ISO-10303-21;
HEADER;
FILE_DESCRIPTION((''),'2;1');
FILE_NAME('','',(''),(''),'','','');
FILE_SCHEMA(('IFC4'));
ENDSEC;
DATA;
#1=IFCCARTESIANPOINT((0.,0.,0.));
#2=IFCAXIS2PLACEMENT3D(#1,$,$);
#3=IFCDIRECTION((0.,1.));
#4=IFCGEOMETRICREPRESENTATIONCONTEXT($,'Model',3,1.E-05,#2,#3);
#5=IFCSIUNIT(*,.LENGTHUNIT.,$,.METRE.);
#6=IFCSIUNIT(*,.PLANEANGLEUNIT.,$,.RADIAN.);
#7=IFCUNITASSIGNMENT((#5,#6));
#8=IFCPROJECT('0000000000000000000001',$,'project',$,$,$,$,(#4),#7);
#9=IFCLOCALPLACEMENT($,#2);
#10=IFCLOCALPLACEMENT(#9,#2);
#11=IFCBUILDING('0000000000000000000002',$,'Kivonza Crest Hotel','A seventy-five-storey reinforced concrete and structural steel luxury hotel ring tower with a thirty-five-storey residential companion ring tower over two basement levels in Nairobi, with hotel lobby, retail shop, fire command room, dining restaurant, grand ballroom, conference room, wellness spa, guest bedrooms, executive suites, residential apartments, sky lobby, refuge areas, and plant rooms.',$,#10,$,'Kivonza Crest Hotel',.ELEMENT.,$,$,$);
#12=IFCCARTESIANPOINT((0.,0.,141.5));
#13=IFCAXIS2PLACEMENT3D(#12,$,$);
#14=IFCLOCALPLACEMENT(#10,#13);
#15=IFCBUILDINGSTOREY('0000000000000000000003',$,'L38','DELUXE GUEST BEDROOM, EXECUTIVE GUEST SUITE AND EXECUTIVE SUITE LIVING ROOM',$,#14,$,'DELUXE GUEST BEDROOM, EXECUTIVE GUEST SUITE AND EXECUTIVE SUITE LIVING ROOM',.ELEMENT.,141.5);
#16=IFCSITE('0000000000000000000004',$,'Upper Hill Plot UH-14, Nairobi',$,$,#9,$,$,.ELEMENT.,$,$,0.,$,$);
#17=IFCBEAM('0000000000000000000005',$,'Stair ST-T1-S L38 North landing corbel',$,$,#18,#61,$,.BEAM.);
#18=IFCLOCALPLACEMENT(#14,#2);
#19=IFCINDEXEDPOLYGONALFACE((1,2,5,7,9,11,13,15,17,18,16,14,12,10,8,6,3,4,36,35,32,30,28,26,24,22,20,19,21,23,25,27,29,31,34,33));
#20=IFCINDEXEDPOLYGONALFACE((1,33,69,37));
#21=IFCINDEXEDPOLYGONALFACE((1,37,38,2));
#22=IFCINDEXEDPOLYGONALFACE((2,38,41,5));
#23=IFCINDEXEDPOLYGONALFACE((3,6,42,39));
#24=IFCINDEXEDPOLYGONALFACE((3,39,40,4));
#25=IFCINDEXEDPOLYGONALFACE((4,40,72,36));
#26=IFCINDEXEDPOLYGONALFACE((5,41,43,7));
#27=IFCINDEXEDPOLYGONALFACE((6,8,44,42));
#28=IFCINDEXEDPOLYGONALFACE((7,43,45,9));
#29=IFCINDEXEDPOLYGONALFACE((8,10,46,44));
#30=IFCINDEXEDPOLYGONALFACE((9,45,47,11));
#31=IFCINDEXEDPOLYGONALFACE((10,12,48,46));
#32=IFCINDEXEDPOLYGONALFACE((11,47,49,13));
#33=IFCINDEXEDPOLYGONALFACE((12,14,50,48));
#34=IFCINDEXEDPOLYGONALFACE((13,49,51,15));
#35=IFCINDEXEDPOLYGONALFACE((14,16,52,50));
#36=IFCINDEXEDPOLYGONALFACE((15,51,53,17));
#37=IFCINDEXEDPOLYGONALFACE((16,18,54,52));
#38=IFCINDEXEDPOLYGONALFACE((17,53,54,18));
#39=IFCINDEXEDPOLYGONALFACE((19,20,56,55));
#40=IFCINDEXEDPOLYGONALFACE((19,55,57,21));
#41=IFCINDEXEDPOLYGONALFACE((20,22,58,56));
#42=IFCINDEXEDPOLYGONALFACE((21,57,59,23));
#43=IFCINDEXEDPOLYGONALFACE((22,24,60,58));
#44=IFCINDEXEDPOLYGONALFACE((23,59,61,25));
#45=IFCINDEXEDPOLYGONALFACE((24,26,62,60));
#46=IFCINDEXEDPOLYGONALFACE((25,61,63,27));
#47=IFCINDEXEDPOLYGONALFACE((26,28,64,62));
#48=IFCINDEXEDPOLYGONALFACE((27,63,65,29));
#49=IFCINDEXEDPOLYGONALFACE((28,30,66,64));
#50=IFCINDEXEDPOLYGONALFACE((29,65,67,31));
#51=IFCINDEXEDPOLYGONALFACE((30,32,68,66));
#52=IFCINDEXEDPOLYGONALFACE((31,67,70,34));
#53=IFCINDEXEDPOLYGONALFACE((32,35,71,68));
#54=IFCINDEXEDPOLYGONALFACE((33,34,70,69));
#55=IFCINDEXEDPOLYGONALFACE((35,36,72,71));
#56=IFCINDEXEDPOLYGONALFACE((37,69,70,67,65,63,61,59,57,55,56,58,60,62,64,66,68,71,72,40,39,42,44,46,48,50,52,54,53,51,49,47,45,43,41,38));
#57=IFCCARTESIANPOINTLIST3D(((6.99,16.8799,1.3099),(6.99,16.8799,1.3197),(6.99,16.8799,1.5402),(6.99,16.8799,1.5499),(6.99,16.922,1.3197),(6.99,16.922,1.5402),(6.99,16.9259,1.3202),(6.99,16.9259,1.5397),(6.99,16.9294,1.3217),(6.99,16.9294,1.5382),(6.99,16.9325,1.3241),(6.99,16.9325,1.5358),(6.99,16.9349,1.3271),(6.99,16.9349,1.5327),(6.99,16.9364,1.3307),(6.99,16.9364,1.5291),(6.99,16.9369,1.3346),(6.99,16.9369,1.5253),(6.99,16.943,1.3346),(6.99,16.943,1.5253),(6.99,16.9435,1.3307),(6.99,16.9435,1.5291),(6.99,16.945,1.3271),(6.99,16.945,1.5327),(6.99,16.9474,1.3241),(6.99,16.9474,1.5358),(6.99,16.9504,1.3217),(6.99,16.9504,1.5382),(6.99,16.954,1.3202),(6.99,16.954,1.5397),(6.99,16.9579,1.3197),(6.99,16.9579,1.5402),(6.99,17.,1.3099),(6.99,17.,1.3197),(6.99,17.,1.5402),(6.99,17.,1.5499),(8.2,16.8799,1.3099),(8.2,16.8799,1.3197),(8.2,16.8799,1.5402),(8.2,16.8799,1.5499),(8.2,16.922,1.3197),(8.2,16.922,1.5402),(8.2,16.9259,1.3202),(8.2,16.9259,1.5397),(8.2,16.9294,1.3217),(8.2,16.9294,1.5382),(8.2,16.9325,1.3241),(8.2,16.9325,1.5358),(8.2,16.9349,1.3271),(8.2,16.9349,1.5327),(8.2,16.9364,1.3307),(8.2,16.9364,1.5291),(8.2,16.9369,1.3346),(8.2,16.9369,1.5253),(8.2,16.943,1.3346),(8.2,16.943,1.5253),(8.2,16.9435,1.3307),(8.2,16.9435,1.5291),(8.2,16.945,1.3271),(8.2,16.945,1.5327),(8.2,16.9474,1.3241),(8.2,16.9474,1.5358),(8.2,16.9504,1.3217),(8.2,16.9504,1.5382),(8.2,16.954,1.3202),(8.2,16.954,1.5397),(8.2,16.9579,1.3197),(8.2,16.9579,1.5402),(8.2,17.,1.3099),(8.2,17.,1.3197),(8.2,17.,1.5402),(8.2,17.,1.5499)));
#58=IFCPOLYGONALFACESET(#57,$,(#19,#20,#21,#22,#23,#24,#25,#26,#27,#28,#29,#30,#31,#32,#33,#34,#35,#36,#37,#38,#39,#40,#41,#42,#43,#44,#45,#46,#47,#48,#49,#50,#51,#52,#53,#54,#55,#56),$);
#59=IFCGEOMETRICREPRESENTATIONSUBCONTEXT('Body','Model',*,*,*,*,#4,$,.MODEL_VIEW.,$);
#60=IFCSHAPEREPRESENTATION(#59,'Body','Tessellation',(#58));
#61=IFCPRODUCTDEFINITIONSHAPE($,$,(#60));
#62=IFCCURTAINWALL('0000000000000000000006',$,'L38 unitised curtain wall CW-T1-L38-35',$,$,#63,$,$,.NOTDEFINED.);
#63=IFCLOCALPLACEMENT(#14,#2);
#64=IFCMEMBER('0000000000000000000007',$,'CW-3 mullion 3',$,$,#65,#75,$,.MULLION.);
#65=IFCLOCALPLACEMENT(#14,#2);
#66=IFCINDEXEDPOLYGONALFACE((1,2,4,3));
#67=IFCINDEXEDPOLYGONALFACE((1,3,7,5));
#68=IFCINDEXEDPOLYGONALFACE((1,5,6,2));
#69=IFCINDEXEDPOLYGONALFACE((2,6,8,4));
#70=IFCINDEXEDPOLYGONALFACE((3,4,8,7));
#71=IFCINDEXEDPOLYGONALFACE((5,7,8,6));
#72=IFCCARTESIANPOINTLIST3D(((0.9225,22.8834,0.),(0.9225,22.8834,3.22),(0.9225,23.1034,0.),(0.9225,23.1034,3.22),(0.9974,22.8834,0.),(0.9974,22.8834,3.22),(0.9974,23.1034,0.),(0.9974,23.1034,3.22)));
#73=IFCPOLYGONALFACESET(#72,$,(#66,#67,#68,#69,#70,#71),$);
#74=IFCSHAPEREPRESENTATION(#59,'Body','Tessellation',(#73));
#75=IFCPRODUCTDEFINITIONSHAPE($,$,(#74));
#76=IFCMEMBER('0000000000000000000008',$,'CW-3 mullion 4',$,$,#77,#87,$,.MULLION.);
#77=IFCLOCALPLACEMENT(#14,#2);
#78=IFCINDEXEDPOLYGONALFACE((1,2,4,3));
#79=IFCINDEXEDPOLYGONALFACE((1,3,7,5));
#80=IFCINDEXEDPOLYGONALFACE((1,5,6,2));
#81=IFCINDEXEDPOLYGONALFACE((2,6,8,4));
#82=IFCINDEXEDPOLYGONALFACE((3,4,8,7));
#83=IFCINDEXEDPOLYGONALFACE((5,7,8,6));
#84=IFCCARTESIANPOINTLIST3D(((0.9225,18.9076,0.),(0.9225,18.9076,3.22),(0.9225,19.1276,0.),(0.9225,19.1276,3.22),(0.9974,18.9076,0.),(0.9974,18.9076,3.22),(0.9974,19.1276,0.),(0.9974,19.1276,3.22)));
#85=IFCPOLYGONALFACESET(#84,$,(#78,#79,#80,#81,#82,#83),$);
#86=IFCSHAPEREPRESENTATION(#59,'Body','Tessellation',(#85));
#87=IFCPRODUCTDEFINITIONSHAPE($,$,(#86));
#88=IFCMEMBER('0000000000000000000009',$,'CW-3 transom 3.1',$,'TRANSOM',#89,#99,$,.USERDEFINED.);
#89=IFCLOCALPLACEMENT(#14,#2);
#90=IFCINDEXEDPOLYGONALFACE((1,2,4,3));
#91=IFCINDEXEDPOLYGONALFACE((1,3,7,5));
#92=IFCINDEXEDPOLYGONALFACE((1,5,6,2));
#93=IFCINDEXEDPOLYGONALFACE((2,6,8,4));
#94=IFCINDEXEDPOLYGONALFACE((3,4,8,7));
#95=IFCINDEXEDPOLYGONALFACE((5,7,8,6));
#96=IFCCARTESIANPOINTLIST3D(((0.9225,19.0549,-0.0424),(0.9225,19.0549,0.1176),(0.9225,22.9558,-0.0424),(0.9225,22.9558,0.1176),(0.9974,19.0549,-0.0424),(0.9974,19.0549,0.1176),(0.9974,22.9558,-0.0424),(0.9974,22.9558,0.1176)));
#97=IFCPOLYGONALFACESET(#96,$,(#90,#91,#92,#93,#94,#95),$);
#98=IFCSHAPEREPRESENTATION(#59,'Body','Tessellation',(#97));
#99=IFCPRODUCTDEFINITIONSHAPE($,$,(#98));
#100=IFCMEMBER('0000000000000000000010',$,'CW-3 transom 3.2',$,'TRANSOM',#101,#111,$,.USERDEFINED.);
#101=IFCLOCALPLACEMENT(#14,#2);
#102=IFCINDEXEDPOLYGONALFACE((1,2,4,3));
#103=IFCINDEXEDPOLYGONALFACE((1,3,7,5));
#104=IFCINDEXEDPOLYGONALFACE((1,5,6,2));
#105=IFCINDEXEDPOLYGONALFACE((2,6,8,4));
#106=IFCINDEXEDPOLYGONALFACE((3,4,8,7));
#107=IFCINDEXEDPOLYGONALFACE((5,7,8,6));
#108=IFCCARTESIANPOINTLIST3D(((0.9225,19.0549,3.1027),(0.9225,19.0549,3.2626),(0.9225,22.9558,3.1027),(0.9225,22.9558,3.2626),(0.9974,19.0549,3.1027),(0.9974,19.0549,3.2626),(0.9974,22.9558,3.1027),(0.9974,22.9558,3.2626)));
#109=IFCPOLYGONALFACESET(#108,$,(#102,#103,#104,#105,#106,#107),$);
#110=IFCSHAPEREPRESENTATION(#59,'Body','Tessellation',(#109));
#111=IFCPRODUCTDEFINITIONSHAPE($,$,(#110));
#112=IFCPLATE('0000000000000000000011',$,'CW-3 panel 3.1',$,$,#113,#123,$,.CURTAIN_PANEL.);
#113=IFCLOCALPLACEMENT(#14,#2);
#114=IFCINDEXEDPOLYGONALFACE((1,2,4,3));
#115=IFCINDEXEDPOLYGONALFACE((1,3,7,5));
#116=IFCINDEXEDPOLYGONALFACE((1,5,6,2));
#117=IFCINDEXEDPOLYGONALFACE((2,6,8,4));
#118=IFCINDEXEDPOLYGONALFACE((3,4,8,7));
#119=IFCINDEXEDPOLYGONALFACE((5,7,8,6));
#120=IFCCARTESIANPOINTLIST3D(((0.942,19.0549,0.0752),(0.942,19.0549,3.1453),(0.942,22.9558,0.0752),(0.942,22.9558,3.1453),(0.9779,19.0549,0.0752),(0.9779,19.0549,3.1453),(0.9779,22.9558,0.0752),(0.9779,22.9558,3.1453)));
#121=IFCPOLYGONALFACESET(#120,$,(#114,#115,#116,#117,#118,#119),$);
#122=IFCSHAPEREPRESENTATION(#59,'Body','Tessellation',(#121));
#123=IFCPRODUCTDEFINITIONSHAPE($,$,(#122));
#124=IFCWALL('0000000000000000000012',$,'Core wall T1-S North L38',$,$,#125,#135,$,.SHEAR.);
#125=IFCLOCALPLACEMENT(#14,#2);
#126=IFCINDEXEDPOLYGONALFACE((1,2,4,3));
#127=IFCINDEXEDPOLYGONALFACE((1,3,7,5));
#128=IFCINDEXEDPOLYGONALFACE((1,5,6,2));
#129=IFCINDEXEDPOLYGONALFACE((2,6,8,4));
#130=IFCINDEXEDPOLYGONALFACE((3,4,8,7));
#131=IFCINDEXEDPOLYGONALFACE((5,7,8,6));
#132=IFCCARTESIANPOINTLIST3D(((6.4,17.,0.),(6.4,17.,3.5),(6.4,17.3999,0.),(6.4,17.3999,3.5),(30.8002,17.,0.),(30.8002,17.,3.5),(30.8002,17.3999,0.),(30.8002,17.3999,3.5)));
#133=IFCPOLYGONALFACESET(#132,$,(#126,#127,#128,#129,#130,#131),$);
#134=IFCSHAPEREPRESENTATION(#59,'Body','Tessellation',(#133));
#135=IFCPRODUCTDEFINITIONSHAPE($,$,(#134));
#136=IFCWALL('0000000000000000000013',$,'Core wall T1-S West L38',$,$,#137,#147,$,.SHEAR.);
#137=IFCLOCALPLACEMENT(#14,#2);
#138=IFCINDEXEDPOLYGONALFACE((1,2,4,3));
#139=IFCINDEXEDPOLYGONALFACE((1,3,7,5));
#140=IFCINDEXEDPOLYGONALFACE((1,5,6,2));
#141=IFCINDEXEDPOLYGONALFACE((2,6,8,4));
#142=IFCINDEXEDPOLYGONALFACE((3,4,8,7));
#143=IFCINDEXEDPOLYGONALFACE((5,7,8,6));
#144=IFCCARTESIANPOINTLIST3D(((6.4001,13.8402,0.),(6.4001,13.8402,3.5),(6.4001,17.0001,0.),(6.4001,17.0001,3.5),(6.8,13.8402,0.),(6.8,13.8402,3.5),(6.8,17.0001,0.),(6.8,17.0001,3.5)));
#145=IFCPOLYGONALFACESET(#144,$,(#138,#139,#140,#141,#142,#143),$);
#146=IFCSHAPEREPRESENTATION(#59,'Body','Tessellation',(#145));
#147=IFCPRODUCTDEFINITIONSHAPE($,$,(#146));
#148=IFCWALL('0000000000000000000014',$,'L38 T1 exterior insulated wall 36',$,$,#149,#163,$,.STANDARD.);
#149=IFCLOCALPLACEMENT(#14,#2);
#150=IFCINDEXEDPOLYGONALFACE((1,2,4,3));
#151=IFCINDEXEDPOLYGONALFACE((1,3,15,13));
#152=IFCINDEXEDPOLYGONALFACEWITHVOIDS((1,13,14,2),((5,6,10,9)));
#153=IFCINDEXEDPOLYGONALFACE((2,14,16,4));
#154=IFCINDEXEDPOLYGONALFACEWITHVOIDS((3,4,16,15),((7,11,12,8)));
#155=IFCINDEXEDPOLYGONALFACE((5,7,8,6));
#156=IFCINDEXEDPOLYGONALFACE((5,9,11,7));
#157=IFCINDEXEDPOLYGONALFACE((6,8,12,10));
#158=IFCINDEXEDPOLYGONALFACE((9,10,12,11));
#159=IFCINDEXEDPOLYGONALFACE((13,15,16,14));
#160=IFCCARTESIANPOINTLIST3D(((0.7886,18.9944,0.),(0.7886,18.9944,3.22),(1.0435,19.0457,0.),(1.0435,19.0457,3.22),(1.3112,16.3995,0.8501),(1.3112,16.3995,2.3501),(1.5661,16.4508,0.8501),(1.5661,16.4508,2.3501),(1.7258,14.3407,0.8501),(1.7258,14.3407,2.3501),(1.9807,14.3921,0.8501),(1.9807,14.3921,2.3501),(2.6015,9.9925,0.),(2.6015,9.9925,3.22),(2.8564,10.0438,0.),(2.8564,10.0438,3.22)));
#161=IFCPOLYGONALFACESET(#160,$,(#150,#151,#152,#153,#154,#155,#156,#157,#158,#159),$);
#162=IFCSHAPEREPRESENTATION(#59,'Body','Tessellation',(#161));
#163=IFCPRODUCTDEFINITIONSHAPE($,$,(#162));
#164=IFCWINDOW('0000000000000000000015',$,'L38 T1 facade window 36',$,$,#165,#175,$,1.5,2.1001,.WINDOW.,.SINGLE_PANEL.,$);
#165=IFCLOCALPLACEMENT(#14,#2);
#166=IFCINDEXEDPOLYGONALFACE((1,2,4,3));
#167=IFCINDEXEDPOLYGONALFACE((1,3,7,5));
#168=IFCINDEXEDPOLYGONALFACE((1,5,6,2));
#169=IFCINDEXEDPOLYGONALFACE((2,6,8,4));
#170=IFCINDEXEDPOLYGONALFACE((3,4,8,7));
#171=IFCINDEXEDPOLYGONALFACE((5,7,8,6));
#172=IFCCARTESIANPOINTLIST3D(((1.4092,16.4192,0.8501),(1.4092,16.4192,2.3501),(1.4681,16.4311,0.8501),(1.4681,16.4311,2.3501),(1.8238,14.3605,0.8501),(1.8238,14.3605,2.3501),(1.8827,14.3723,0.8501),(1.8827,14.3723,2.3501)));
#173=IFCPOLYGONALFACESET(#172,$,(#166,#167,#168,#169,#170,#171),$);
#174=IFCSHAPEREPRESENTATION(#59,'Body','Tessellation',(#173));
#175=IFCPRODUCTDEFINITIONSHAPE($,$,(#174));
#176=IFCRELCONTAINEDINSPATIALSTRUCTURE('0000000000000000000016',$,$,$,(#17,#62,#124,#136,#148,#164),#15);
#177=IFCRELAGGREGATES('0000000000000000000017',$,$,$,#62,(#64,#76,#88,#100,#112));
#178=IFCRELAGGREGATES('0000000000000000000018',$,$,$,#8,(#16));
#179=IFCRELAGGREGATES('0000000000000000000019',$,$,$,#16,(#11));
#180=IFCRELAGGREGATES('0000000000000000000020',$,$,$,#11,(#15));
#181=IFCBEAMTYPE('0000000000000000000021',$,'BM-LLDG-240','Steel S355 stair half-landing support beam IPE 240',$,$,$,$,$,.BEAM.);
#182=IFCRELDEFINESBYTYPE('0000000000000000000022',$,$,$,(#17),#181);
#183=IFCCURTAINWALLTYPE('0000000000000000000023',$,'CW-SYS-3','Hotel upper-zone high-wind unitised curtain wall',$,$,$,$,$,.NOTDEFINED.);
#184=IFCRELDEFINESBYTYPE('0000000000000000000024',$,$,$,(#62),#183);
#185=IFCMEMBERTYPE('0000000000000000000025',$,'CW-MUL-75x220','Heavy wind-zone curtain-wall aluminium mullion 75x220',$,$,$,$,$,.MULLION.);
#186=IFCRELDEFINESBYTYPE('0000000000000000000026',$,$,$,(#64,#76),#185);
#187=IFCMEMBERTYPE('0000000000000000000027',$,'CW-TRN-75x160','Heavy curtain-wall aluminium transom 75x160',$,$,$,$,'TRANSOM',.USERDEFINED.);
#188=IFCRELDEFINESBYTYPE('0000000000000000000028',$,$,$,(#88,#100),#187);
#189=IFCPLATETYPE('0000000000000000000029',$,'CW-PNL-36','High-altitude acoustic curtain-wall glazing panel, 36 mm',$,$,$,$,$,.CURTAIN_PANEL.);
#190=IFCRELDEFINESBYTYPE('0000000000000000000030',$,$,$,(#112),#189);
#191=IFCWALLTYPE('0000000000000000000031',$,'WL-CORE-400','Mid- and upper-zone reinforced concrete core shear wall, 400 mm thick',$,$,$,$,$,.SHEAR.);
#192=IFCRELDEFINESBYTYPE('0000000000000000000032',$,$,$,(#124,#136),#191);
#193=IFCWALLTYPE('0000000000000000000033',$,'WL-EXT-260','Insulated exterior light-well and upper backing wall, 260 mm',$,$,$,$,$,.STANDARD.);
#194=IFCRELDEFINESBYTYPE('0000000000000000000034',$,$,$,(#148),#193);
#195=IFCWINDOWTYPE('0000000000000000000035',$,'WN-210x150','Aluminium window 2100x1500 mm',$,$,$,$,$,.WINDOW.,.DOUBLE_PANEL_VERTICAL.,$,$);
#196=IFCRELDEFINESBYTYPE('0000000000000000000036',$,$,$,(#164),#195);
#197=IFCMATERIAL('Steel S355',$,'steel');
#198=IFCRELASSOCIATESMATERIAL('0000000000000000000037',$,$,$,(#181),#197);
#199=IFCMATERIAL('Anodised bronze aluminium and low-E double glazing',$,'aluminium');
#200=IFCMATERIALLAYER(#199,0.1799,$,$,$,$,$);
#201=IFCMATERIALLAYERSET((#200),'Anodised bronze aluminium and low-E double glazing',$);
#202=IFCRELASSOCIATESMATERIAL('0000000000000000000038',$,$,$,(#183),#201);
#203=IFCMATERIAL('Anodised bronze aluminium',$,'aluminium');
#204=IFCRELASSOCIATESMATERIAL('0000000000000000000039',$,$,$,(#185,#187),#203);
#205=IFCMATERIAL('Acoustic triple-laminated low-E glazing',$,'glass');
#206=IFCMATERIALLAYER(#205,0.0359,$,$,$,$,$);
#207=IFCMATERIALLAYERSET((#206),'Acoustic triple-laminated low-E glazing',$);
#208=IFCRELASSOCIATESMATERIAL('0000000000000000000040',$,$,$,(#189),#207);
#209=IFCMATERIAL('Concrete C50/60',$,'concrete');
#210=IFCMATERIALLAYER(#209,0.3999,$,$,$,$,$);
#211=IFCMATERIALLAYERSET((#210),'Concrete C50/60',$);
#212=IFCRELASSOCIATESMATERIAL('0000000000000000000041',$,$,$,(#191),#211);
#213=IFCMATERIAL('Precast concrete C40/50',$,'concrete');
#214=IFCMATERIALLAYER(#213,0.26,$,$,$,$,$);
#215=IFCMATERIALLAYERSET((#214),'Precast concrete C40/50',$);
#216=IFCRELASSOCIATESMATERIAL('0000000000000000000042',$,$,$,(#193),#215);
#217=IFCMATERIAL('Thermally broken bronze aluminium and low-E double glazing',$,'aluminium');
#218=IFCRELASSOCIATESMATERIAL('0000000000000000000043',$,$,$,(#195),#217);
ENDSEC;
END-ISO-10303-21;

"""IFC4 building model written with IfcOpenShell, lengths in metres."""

from ifc_helpers import new_model, si_unit, direction, frame, frame_2d, origin, origin_2d, place, context, subcontext, project, spatial, rectangle, i_section, extrude, material, layer, layer_set, material_profile, profile_set, type_object, element, fill, aggregate, save


model = new_model("IFC4")

# Units and contexts
model_context = context("Model", 3, precision=1e-05, world=origin(), true_north=direction((0.0, 1.0)))
body_context = subcontext(model_context, "Body", "Model", "MODEL_VIEW")
ifc_project = project(units=[si_unit("LENGTHUNIT", "METRE"), si_unit("PLANEANGLEUNIT", "RADIAN")], contexts=[model_context])

# Site, building, storey
site_placement = place(None, origin())
site = spatial("IfcSite", under=ifc_project, at=site_placement, Name="Upper Hill Plot UH-14, Nairobi", CompositionType="ELEMENT", RefElevation=0.0)
building_placement = place(site_placement, origin())
building = spatial("IfcBuilding", under=site, at=building_placement, Name="Kivonza Crest Hotel", Description="A seventy-five-storey reinforced concrete and structural steel luxury hotel ring tower with a thirty-five-storey residential companion ring tower over two basement levels in Nairobi, with hotel lobby, retail shop, fire command room, dining restaurant, grand ballroom, conference room, wellness spa, guest bedrooms, executive suites, residential apartments, sky lobby, refuge areas, and plant rooms.", LongName="Kivonza Crest Hotel", CompositionType="ELEMENT")
storey_placement = place(building_placement, frame((0.0, 0.0, 141.5)))
storey = spatial("IfcBuildingStorey", under=building, at=storey_placement, Name="L38", Description="DELUXE GUEST BEDROOM, EXECUTIVE GUEST SUITE AND EXECUTIVE SUITE LIVING ROOM", LongName="DELUXE GUEST BEDROOM, EXECUTIVE GUEST SUITE AND EXECUTIVE SUITE LIVING ROOM", CompositionType="ELEMENT", Elevation=141.5)

# Shared definitions
ifc_material_1 = material(Name="Concrete C50/60", Category="concrete")

# Beam
ifc_material_2 = material(Name="Steel S355", Category="steel")
ifc_material_profile_1 = material_profile(ifc_material_2, i_section(OverallWidth=0.1201, OverallDepth=0.24, WebThickness=0.0061, FlangeThickness=0.0098, FilletRadius=0.0149, at=origin_2d()), Name="IPE 240")
ifc_profile_set_1 = profile_set([ifc_material_profile_1], Name="Steel S355")
beam_type_1 = type_object("IfcBeamType", Name="BM-LLDG-240", Description="Steel S355 stair half-landing support beam IPE 240", PredefinedType="BEAM", material=ifc_profile_set_1)
for number, where, z_axis, x_axis, name in (
    (1, (6.99, 16.9399, 1.4299), (1.0, 0.0, 0.0), (0.0, 1.0, 0.0), "Stair ST-T1-S L38 North landing corbel"),
):
    element("IfcBeam", number, at=place(storey_placement, frame(where, z_axis=z_axis, x_axis=x_axis)), inside=storey, type_object=beam_type_1, Name=name, PredefinedType="BEAM", context=body_context, shape_type="SweptSolid", body=[
        extrude(i_section(OverallWidth=0.1201, OverallDepth=0.24, WebThickness=0.0061, FlangeThickness=0.0098, FilletRadius=0.0149, at=origin_2d()), origin(), (0.0, 0.0, 1.0), 1.21),
    ])

# Curtain wall, members, plate
ifc_material_3 = material(Name="Anodised bronze aluminium and low-E double glazing", Category="aluminium")
ifc_layer_1 = layer(ifc_material_3, 0.1799)
ifc_layer_set_1 = layer_set([ifc_layer_1], Name="Anodised bronze aluminium and low-E double glazing")
curtain_wall_type = type_object("IfcCurtainWallType", Name="CW-SYS-3", Description="Hotel upper-zone high-wind unitised curtain wall", PredefinedType="NOTDEFINED", material=ifc_layer_set_1)
curtain_wall_placement = place(storey_placement, origin())
curtain_wall = element("IfcCurtainWall", 2, at=curtain_wall_placement, inside=storey, type_object=curtain_wall_type, Name="L38 unitised curtain wall CW-T1-L38-35", PredefinedType="NOTDEFINED")
ifc_material_4 = material(Name="Anodised bronze aluminium", Category="aluminium")
ifc_material_profile_2 = material_profile(ifc_material_4, rectangle(XDim=0.075, YDim=0.22, at=origin_2d()), Name="CW-M 75x220")
ifc_profile_set_2 = profile_set([ifc_material_profile_2], Name="Anodised bronze aluminium")
member_type_1 = type_object("IfcMemberType", Name="CW-MUL-75x220", Description="Heavy wind-zone curtain-wall aluminium mullion 75x220", PredefinedType="MULLION", material=ifc_profile_set_2)
member_1_placement = place(storey_placement, frame((0.96, 22.9934, 0.0), z_axis=(0.0, 0.0, 1.0), x_axis=(1.0, 0.0, 0.0)))
member_1 = element("IfcMember", 3, at=member_1_placement, type_object=member_type_1, Name="CW-3 mullion 3", PredefinedType="MULLION", context=body_context, shape_type="SweptSolid", body=[
    extrude(rectangle(XDim=0.075, YDim=0.22, at=origin_2d()), origin(), (0.0, 0.0, 1.0), 3.22),
])
member_2_placement = place(storey_placement, frame((0.96, 19.0176, 0.0), z_axis=(0.0, 0.0, 1.0), x_axis=(1.0, 0.0, 0.0)))
member_2 = element("IfcMember", 4, at=member_2_placement, type_object=member_type_1, Name="CW-3 mullion 4", PredefinedType="MULLION", context=body_context, shape_type="SweptSolid", body=[
    extrude(rectangle(XDim=0.075, YDim=0.22, at=origin_2d()), origin(), (0.0, 0.0, 1.0), 3.22),
])
ifc_material_profile_3 = material_profile(ifc_material_4, rectangle(XDim=0.075, YDim=0.1599, at=origin_2d()), Name="CW-T 75x160")
ifc_profile_set_3 = profile_set([ifc_material_profile_3], Name="Anodised bronze aluminium")
member_type_2 = type_object("IfcMemberType", Name="CW-TRN-75x160", Description="Heavy curtain-wall aluminium transom 75x160", ElementType="TRANSOM", PredefinedType="USERDEFINED", material=ifc_profile_set_3)
member_3_placement = place(storey_placement, frame((0.96, 22.9558, 0.0376), z_axis=(0.0, -1.0, 0.0), x_axis=(1.0, 0.0, 0.0)))
member_3 = element("IfcMember", 5, at=member_3_placement, type_object=member_type_2, Name="CW-3 transom 3.1", ObjectType="TRANSOM", PredefinedType="USERDEFINED", context=body_context, shape_type="SweptSolid", body=[
    extrude(rectangle(XDim=0.075, YDim=0.1599, at=origin_2d()), origin(), (0.0, 0.0, 1.0), 3.9009),
])
member_4_placement = place(storey_placement, frame((0.96, 22.9558, 3.1826), z_axis=(0.0, -1.0, 0.0), x_axis=(1.0, 0.0, 0.0)))
member_4 = element("IfcMember", 6, at=member_4_placement, type_object=member_type_2, Name="CW-3 transom 3.2", ObjectType="TRANSOM", PredefinedType="USERDEFINED", context=body_context, shape_type="SweptSolid", body=[
    extrude(rectangle(XDim=0.075, YDim=0.1599, at=origin_2d()), origin(), (0.0, 0.0, 1.0), 3.9009),
])
ifc_material_5 = material(Name="Acoustic triple-laminated low-E glazing", Category="glass")
ifc_layer_2 = layer(ifc_material_5, 0.0359)
ifc_layer_set_2 = layer_set([ifc_layer_2], Name="Acoustic triple-laminated low-E glazing")
plate_type = type_object("IfcPlateType", Name="CW-PNL-36", Description="High-altitude acoustic curtain-wall glazing panel, 36 mm", PredefinedType="CURTAIN_PANEL", material=ifc_layer_set_2)
plate_placement = place(storey_placement, frame((0.96, 21.0054, 0.0752), z_axis=(0.0, 0.0, 1.0), x_axis=(0.0, -1.0, 0.0)))
plate = element("IfcPlate", 7, at=plate_placement, type_object=plate_type, Name="CW-3 panel 3.1", PredefinedType="CURTAIN_PANEL", context=body_context, shape_type="SweptSolid", body=[
    extrude(rectangle(XDim=3.9009, YDim=0.0359, at=origin_2d()), origin(), (0.0, 0.0, 1.0), 3.0701),
])
aggregate(curtain_wall, [member_1, member_2, member_3, member_4, plate])

# Shared definitions
ifc_layer_3 = layer(ifc_material_1, 0.3999)
ifc_layer_set_3 = layer_set([ifc_layer_3], Name="Concrete C50/60")
wall_type_1 = type_object("IfcWallType", Name="WL-CORE-400", Description="Mid- and upper-zone reinforced concrete core shear wall, 400 mm thick", PredefinedType="SHEAR", material=ifc_layer_set_3)

# Walls
wall_1_placement = place(storey_placement, frame((6.3999, 17.2, 0.0), z_axis=(0.0, 0.0, 1.0), x_axis=(1.0, 0.0, 0.0)))
element("IfcWall", 8, at=wall_1_placement, inside=storey, type_object=wall_type_1, Name="Core wall T1-S North L38", PredefinedType="SHEAR", context=body_context, shape_type="SweptSolid", body=[
    extrude(rectangle(XDim=24.4001, YDim=0.3999, at=frame_2d((12.2002, 0.0))), origin(), (0.0, 0.0, 1.0), 3.5),
])
wall_2_placement = place(storey_placement, frame((6.6001, 13.8401, 0.0), z_axis=(0.0, 0.0, 1.0), x_axis=(0.0, 1.0, 0.0)))
element("IfcWall", 9, at=wall_2_placement, inside=storey, type_object=wall_type_1, Name="Core wall T1-S West L38", PredefinedType="SHEAR", context=body_context, shape_type="SweptSolid", body=[
    extrude(rectangle(XDim=3.1599, YDim=0.3999, at=frame_2d((1.5801, 0.0))), origin(), (0.0, 0.0, 1.0), 3.5),
])

# Wall, opening, window
ifc_material_6 = material(Name="Precast concrete C40/50", Category="concrete")
ifc_layer_4 = layer(ifc_material_6, 0.26)
ifc_layer_set_4 = layer_set([ifc_layer_4], Name="Precast concrete C40/50")
wall_type_2 = type_object("IfcWallType", Name="WL-EXT-260", Description="Insulated exterior light-well and upper backing wall, 260 mm", PredefinedType="STANDARD", material=ifc_layer_set_4)
wall_3_placement = place(storey_placement, frame((0.916, 19.02, 0.0), z_axis=(0.0, 0.0, 1.0), x_axis=(0.197435, -0.980316, 0.0)))
wall_3 = element("IfcWall", 10, at=wall_3_placement, inside=storey, type_object=wall_type_2, Name="L38 T1 exterior insulated wall 36", PredefinedType="STANDARD", context=body_context, shape_type="SweptSolid", body=[
    extrude(rectangle(XDim=9.1826, YDim=0.26, at=frame_2d((4.5913, 0.0))), origin(), (0.0, 0.0, 1.0), 3.22),
])
opening_1_placement = place(wall_3_placement, frame((2.647, 0.0, 0.8501)))
opening_1 = element("IfcOpeningElement", 11, at=opening_1_placement, cuts=wall_3, PredefinedType="OPENING", context=body_context, shape_type="SweptSolid", body=[
    extrude(rectangle(XDim=2.1001, YDim=1.5, at=frame_2d((1.05, 0.75))), frame((0.0, 0.1401, 0.0), z_axis=(0.0, -1.0, 0.0), x_axis=(1.0, 0.0, 0.0)), (0.0, 0.0, 1.0), 0.28),
])
ifc_material_7 = material(Name="Thermally broken bronze aluminium and low-E double glazing", Category="aluminium")
window_type = type_object("IfcWindowType", Name="WN-210x150", Description="Aluminium window 2100x1500 mm", PartitioningType="DOUBLE_PANEL_VERTICAL", PredefinedType="WINDOW", material=ifc_material_7)
window_placement = place(opening_1_placement, origin())
window = element("IfcWindow", 12, at=window_placement, inside=storey, type_object=window_type, Name="L38 T1 facade window 36", OverallHeight=1.5, OverallWidth=2.1001, PartitioningType="SINGLE_PANEL", PredefinedType="WINDOW", context=body_context, shape_type="SweptSolid", body=[
    extrude(rectangle(XDim=2.1001, YDim=1.5, at=frame_2d((1.05, 0.75))), frame((0.0, 0.03, 0.0), z_axis=(0.0, -1.0, 0.0), x_axis=(1.0, 0.0, 0.0)), (0.0, 0.0, 1.0), 0.0601),
])
fill(opening_1, window)

save(model, "model.ifc")
